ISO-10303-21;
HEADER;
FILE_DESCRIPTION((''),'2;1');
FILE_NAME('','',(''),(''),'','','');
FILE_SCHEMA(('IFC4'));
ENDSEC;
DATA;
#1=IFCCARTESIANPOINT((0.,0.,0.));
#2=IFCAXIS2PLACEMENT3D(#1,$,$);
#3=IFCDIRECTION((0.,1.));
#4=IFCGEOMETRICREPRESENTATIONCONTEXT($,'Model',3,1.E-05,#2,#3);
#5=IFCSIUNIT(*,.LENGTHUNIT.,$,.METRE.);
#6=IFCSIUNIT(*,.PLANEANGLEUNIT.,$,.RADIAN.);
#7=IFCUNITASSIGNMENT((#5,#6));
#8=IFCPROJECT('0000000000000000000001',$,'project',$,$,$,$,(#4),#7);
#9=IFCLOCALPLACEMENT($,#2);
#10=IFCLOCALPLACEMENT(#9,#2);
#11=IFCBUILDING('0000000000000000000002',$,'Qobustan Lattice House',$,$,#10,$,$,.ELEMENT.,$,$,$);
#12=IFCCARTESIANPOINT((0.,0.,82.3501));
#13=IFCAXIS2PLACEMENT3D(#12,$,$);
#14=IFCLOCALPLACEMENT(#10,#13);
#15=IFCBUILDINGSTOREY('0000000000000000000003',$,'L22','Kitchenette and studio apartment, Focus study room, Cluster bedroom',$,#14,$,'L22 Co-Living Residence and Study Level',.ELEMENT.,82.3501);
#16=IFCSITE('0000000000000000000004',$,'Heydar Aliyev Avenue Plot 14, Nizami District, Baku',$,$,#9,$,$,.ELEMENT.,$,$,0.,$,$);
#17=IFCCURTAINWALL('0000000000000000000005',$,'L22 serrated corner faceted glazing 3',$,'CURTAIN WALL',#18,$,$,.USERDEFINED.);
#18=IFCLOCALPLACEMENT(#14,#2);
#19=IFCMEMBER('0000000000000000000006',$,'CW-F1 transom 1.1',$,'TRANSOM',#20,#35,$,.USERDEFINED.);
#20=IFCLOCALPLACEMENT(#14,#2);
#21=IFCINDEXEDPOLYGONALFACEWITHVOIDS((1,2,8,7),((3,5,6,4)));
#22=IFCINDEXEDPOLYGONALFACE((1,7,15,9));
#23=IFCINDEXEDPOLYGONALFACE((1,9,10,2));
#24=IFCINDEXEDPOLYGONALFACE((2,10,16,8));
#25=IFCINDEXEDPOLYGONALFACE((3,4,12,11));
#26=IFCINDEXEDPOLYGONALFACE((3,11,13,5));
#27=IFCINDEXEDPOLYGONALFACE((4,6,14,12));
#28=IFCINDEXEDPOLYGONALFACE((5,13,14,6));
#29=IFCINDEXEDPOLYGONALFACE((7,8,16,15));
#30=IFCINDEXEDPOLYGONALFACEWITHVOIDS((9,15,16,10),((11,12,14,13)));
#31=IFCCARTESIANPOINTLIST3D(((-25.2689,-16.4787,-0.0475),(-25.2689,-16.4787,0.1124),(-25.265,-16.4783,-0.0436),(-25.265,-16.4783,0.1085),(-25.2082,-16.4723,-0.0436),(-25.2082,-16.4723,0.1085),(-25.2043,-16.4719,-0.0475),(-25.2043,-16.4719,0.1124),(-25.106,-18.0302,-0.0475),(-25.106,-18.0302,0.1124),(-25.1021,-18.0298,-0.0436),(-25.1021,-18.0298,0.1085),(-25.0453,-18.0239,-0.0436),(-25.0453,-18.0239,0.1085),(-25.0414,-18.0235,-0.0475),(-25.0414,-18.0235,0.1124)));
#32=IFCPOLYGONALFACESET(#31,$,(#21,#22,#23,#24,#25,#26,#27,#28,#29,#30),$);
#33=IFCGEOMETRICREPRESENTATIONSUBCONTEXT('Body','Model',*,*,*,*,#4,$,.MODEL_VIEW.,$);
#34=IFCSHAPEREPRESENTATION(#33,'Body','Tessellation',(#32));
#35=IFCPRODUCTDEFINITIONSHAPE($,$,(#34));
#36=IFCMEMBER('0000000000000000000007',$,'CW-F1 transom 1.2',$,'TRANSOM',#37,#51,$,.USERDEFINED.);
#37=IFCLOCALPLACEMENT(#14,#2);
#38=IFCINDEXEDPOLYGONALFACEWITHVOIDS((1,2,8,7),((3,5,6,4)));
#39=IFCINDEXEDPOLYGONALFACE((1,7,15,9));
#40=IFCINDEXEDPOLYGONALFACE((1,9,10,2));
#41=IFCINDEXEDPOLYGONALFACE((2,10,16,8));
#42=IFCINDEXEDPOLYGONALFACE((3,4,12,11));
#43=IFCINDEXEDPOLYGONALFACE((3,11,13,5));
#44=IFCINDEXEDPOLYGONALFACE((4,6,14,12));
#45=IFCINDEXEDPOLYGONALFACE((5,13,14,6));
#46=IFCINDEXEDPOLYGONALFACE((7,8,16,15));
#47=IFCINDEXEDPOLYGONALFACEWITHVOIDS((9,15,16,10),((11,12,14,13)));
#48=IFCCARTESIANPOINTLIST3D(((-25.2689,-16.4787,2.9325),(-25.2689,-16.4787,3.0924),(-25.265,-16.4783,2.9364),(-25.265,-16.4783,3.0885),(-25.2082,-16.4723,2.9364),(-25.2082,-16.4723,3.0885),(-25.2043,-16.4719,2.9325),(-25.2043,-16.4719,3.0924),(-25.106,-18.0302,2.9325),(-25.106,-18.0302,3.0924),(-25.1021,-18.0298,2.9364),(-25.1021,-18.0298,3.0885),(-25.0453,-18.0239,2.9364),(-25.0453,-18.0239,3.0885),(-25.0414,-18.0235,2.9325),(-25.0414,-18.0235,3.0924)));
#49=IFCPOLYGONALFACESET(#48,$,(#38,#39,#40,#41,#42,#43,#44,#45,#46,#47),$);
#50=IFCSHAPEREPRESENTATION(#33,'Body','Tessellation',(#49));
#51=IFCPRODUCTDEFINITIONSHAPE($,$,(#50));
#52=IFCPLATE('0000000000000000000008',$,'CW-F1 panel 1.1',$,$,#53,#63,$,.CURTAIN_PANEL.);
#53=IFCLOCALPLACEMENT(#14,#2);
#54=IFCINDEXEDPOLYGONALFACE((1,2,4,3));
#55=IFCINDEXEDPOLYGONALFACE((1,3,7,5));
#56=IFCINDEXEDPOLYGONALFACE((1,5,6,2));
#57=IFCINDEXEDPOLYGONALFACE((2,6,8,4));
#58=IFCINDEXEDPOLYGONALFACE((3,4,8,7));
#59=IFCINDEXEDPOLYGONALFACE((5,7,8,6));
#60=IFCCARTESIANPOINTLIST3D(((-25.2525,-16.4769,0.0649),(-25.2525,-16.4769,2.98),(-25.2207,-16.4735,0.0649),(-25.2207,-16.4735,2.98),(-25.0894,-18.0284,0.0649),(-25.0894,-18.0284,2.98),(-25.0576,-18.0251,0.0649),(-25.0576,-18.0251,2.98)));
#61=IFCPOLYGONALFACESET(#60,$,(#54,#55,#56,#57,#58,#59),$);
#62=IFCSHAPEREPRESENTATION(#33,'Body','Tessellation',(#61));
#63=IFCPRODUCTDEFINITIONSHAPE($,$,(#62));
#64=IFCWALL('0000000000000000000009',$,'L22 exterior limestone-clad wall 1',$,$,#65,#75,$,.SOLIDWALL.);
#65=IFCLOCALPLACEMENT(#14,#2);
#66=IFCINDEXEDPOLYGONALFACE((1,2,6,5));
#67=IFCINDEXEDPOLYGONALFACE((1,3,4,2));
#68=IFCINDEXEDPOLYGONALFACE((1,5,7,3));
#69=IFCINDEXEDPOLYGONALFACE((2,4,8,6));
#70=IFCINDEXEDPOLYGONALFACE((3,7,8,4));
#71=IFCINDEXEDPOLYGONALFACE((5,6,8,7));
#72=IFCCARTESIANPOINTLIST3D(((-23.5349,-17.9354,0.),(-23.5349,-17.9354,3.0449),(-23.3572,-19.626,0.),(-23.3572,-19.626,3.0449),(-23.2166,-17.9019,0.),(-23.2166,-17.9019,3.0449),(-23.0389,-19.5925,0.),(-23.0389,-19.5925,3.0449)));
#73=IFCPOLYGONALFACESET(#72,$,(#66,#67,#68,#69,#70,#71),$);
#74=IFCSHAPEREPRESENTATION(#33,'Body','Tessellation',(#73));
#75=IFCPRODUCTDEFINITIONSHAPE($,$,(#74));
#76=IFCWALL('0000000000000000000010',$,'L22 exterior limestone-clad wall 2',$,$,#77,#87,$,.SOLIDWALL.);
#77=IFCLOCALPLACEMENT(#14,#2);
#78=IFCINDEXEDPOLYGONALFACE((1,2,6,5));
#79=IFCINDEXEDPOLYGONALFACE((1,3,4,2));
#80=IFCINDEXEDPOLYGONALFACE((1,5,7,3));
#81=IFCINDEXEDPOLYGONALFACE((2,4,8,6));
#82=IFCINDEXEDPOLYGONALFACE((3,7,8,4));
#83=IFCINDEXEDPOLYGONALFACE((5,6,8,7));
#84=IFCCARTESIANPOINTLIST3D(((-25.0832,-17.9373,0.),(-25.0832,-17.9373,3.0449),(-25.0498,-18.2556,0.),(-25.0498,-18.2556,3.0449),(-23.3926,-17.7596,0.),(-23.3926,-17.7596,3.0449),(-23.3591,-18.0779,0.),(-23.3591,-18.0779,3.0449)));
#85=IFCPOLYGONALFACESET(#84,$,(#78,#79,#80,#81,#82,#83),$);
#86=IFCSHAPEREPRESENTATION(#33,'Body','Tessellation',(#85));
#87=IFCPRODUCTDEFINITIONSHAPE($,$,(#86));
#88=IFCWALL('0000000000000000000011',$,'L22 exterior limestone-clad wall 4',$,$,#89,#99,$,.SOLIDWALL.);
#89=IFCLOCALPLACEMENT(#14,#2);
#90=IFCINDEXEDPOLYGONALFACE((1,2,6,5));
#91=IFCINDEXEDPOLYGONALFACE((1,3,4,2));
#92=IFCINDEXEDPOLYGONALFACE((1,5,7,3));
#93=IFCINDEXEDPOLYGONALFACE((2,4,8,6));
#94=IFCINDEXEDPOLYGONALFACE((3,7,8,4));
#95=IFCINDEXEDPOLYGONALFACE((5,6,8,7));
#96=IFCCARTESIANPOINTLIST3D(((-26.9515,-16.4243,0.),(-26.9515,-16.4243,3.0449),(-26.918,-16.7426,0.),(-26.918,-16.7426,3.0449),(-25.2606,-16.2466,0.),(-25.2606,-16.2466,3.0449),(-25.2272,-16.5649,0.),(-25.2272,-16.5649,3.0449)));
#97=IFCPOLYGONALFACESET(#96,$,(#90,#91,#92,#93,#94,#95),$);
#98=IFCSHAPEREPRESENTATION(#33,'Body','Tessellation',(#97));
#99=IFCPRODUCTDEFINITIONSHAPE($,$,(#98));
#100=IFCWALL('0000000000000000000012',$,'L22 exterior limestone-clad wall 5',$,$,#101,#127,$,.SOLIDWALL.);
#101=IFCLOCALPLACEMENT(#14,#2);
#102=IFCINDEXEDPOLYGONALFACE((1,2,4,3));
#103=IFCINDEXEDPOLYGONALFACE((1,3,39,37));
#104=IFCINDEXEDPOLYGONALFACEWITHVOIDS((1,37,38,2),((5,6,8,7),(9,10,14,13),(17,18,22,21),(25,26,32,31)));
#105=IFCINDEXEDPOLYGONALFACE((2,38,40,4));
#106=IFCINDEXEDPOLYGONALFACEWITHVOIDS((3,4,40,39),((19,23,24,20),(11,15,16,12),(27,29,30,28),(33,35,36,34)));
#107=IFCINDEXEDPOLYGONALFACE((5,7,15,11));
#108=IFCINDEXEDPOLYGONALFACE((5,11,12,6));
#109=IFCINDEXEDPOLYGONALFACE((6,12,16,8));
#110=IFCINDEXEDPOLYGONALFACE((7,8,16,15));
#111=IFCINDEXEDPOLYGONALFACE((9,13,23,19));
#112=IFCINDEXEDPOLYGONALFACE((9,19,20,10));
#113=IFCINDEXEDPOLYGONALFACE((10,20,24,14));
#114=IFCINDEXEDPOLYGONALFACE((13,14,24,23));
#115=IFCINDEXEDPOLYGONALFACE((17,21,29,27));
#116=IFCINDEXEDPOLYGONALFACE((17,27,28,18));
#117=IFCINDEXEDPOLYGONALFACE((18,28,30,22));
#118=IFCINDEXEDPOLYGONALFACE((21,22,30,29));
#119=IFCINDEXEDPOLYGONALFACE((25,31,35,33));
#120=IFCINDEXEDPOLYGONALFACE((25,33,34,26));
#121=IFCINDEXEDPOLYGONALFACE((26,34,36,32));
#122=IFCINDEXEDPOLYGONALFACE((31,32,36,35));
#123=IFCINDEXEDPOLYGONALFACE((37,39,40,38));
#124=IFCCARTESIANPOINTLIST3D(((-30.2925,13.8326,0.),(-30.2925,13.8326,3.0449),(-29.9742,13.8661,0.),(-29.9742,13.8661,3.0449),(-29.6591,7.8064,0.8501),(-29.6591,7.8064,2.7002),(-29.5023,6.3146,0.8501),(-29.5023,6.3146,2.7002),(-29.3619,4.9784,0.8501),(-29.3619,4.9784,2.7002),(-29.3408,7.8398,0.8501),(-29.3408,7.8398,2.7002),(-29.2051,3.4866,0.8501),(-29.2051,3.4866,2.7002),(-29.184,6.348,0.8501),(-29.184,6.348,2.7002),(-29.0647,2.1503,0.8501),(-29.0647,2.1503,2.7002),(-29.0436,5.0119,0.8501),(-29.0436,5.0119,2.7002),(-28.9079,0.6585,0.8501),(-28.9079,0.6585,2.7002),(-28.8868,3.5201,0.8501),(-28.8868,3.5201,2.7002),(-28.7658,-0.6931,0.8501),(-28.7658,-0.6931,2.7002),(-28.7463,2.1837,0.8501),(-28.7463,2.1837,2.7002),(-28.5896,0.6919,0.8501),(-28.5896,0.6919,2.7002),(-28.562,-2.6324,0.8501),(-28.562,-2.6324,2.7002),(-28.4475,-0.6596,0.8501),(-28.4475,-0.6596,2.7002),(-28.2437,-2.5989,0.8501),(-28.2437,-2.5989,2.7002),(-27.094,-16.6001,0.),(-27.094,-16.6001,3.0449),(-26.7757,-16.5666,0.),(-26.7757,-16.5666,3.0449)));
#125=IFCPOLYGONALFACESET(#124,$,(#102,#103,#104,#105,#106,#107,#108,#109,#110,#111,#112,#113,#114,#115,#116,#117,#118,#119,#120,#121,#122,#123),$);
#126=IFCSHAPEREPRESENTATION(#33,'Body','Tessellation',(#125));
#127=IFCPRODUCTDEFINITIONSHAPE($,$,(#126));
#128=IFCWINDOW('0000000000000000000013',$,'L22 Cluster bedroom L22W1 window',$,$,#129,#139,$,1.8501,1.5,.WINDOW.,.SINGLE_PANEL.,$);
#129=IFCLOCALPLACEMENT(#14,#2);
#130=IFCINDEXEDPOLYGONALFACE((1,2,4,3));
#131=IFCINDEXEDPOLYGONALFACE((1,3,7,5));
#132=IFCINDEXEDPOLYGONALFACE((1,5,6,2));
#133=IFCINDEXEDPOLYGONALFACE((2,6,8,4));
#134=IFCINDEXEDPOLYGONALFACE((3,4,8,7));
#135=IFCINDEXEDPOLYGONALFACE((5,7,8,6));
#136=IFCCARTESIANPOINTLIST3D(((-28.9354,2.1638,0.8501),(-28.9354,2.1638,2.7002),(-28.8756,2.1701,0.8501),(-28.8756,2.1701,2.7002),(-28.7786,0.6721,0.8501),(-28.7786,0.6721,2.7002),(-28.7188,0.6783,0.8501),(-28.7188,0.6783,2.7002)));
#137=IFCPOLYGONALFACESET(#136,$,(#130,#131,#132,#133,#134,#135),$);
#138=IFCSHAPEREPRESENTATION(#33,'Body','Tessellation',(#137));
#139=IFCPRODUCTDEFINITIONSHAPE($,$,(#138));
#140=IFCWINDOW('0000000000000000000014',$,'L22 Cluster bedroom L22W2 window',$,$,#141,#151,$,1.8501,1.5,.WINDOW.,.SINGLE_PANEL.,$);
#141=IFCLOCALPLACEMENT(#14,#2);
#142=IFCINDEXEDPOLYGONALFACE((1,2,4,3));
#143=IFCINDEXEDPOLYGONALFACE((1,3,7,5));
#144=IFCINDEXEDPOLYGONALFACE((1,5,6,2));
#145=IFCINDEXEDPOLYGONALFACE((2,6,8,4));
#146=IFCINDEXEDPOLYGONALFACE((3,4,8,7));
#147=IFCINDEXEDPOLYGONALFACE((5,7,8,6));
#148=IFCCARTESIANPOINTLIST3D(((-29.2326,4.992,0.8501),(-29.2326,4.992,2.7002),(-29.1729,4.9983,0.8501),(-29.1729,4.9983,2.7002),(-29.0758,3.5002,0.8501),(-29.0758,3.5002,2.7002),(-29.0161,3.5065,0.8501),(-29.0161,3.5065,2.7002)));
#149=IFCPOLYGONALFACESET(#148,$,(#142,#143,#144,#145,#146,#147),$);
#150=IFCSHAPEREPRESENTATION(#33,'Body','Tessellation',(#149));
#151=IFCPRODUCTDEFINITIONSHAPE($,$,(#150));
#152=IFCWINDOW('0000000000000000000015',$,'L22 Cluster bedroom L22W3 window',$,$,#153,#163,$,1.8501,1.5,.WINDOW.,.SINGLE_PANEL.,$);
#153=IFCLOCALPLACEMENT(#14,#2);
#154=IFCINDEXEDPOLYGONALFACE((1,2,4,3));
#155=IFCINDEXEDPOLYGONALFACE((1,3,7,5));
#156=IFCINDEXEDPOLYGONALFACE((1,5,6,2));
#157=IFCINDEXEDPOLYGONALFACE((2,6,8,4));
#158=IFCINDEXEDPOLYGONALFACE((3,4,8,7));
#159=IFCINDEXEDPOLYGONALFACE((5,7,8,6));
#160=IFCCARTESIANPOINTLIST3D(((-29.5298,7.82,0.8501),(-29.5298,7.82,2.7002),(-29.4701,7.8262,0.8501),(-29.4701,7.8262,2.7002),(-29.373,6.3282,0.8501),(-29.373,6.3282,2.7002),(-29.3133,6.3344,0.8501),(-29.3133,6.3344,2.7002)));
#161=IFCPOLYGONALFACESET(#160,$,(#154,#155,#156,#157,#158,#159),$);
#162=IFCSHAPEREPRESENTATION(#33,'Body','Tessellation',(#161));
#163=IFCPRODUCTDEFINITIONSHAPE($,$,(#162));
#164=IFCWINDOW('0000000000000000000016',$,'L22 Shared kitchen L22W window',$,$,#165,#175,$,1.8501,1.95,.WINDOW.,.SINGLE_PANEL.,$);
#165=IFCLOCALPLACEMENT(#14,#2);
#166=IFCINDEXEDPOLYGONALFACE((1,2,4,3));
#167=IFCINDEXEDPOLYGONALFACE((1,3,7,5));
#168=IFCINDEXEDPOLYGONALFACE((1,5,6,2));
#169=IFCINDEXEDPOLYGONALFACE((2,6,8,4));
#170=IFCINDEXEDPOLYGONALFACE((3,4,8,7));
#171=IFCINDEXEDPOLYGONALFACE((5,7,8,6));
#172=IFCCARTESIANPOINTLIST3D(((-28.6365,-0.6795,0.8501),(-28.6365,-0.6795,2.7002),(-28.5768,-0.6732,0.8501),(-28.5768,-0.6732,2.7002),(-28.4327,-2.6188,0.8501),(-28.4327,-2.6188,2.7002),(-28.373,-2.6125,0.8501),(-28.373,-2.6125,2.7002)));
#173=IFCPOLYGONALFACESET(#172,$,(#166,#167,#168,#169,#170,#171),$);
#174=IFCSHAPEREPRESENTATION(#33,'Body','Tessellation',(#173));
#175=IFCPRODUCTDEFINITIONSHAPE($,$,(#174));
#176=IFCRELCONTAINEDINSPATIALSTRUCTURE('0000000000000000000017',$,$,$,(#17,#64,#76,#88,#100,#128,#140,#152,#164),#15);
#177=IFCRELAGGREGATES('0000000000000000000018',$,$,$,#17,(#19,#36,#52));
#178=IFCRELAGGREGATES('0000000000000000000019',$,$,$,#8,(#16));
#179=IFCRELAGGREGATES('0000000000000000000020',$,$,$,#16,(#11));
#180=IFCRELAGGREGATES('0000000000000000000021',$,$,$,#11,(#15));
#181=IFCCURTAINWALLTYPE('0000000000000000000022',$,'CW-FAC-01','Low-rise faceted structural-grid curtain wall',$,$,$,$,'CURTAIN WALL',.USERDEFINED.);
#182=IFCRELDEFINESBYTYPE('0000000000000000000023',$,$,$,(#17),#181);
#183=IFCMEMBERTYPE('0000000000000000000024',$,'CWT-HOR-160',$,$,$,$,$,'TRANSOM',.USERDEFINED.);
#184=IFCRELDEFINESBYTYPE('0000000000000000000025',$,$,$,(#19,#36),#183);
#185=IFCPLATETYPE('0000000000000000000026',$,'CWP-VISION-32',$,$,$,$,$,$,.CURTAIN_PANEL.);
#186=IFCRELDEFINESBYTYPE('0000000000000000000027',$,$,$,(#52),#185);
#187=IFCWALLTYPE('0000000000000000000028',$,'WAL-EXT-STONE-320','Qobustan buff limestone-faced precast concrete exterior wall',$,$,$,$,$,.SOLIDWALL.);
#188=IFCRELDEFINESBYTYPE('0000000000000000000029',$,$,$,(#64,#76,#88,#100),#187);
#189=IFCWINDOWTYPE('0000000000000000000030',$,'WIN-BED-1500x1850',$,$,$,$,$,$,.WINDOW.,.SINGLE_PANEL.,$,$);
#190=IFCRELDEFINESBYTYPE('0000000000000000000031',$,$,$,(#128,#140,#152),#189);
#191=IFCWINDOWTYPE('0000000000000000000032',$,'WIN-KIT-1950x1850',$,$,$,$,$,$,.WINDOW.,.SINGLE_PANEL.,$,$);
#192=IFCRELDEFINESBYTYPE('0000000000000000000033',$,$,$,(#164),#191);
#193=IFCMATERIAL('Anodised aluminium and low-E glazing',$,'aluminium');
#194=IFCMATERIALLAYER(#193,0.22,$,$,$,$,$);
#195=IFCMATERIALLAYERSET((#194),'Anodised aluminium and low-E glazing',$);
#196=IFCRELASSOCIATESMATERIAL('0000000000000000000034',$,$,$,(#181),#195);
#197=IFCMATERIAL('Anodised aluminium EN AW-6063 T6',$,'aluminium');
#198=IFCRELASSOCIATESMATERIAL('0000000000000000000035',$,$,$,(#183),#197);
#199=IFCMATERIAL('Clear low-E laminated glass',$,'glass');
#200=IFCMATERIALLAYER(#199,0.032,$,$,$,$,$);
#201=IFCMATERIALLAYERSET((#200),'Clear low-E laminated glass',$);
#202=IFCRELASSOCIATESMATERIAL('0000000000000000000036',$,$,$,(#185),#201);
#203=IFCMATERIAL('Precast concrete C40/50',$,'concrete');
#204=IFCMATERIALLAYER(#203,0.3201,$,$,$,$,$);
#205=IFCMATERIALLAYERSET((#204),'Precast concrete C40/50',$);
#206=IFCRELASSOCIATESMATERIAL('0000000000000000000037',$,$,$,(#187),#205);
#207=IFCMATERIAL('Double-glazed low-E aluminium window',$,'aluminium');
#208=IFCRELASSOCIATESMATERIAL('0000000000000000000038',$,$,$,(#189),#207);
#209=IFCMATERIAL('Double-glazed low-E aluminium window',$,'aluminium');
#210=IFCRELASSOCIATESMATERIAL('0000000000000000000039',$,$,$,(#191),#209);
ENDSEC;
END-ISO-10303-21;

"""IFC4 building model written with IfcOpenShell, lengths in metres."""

from ifc_helpers import new_model, si_unit, direction, frame, frame_2d, origin, origin_2d, place, context, subcontext, project, spatial, rectangle, hollow_rectangle, extrude, material, layer, layer_set, material_profile, profile_set, type_object, element, fill, aggregate, save


model = new_model("IFC4")

# Units and contexts
model_context = context("Model", 3, precision=1e-05, world=origin(), true_north=direction((0.0, 1.0)))
body_context = subcontext(model_context, "Body", "Model", "MODEL_VIEW")
ifc_project = project(units=[si_unit("LENGTHUNIT", "METRE"), si_unit("PLANEANGLEUNIT", "RADIAN")], contexts=[model_context])

# Site, building, storey
site_placement = place(None, origin())
site = spatial("IfcSite", under=ifc_project, at=site_placement, Name="Heydar Aliyev Avenue Plot 14, Nizami District, Baku", CompositionType="ELEMENT", RefElevation=0.0)
building_placement = place(site_placement, origin())
building = spatial("IfcBuilding", under=site, at=building_placement, Name="Qobustan Lattice House", CompositionType="ELEMENT")
storey_placement = place(building_placement, frame((0.0, 0.0, 82.3501)))
storey = spatial("IfcBuildingStorey", under=building, at=storey_placement, Name="L22", Description="Kitchenette and studio apartment, Focus study room, Cluster bedroom", LongName="L22 Co-Living Residence and Study Level", CompositionType="ELEMENT", Elevation=82.3501)

# Curtain wall, members, plate
ifc_material_1 = material(Name="Anodised aluminium and low-E glazing", Category="aluminium")
ifc_layer_1 = layer(ifc_material_1, 0.22)
ifc_layer_set_1 = layer_set([ifc_layer_1], Name="Anodised aluminium and low-E glazing")
curtain_wall_type = type_object("IfcCurtainWallType", Name="CW-FAC-01", Description="Low-rise faceted structural-grid curtain wall", ElementType="CURTAIN WALL", PredefinedType="USERDEFINED", material=ifc_layer_set_1)
curtain_wall_placement = place(storey_placement, origin())
curtain_wall = element("IfcCurtainWall", 1, at=curtain_wall_placement, inside=storey, type_object=curtain_wall_type, Name="L22 serrated corner faceted glazing 3", ObjectType="CURTAIN WALL", PredefinedType="USERDEFINED")
ifc_material_2 = material(Name="Anodised aluminium EN AW-6063 T6", Category="aluminium")
ifc_material_profile_1 = material_profile(ifc_material_2, hollow_rectangle(XDim=0.0649, YDim=0.1599, WallThickness=0.0039, at=origin_2d()), Name="CWT-160x65")
ifc_profile_set_1 = profile_set([ifc_material_profile_1], Name="Anodised aluminium EN AW-6063 T6")
member_type_1 = type_object("IfcMemberType", Name="CWT-HOR-160", ElementType="TRANSOM", PredefinedType="USERDEFINED", material=ifc_profile_set_1)
member_1_placement = place(storey_placement, frame((-25.0737, -18.0269, 0.0325), z_axis=(-0.104383, 0.994537, 0.0), x_axis=(-0.994537, -0.104383, 0.0)))
member_1 = element("IfcMember", 2, at=member_1_placement, type_object=member_type_1, Name="CW-F1 transom 1.1", ObjectType="TRANSOM", PredefinedType="USERDEFINED", context=body_context, shape_type="SweptSolid", body=[
    extrude(hollow_rectangle(XDim=0.0649, YDim=0.1599, WallThickness=0.0039, at=origin_2d()), origin(), (0.0, 0.0, 1.0), 1.5601),
])
member_2_placement = place(storey_placement, frame((-25.0737, -18.0269, 3.0125), z_axis=(-0.104383, 0.994537, 0.0), x_axis=(-0.994537, -0.104383, 0.0)))
member_2 = element("IfcMember", 3, at=member_2_placement, type_object=member_type_1, Name="CW-F1 transom 1.2", ObjectType="TRANSOM", PredefinedType="USERDEFINED", context=body_context, shape_type="SweptSolid", body=[
    extrude(hollow_rectangle(XDim=0.0649, YDim=0.1599, WallThickness=0.0039, at=origin_2d()), origin(), (0.0, 0.0, 1.0), 1.5601),
])
ifc_material_3 = material(Name="Clear low-E laminated glass", Category="glass")
ifc_layer_2 = layer(ifc_material_3, 0.032)
ifc_layer_set_2 = layer_set([ifc_layer_2], Name="Clear low-E laminated glass")
plate_type = type_object("IfcPlateType", Name="CWP-VISION-32", PredefinedType="CURTAIN_PANEL", material=ifc_layer_set_2)
plate_placement = place(storey_placement, frame((-25.155, -17.251, 0.0649), z_axis=(0.0, 0.0, 1.0), x_axis=(-0.104529, 0.994522, 0.0)))
plate = element("IfcPlate", 4, at=plate_placement, type_object=plate_type, Name="CW-F1 panel 1.1", PredefinedType="CURTAIN_PANEL", context=body_context, shape_type="SweptSolid", body=[
    extrude(rectangle(XDim=1.5601, YDim=0.032, at=origin_2d()), origin(), (0.0, 0.0, 1.0), 2.915),
])
aggregate(curtain_wall, [member_1, member_2, plate])

# Walls
ifc_material_4 = material(Name="Precast concrete C40/50", Category="concrete")
ifc_layer_3 = layer(ifc_material_4, 0.3201)
ifc_layer_set_3 = layer_set([ifc_layer_3], Name="Precast concrete C40/50")
wall_type_1 = type_object("IfcWallType", Name="WAL-EXT-STONE-320", Description="Qobustan buff limestone-faced precast concrete exterior wall", PredefinedType="SOLIDWALL", material=ifc_layer_set_3)
for number, where, z_axis, x_axis, name in (
    (5, (-23.198, -19.6094, 0.0), (0.0, 0.0, 1.0), (-0.10455, 0.99452, 0.0), "L22 exterior limestone-clad wall 1"),
    (6, (-23.3757, -17.9187, 0.0), (0.0, 0.0, 1.0), (-0.99452, -0.10455, 0.0), "L22 exterior limestone-clad wall 2"),
):
    element("IfcWall", number, at=place(storey_placement, frame(where, z_axis=z_axis, x_axis=x_axis)), inside=storey, type_object=wall_type_1, Name=name, PredefinedType="SOLIDWALL", context=body_context, shape_type="SweptSolid", body=[
        extrude(rectangle(XDim=1.7, YDim=0.3201, at=frame_2d((0.8501, 0.0))), origin(), (0.0, 0.0, 1.0), 3.0449),
    ])
wall_1_placement = place(storey_placement, frame((-25.2439, -16.4058, 0.0), z_axis=(0.0, 0.0, 1.0), x_axis=(-0.994521, -0.104535, 0.0)))
element("IfcWall", 7, at=wall_1_placement, inside=storey, type_object=wall_type_1, Name="L22 exterior limestone-clad wall 4", PredefinedType="SOLIDWALL", context=body_context, shape_type="SweptSolid", body=[
    extrude(rectangle(XDim=1.7002, YDim=0.3201, at=frame_2d((0.8501, 0.0))), origin(), (0.0, 0.0, 1.0), 3.0449),
])

# Wall, openings, windows
wall_2_placement = place(storey_placement, frame((-26.9348, -16.5835, 0.0), z_axis=(0.0, 0.0, 1.0), x_axis=(-0.104525, 0.994522, 0.0)))
wall_2 = element("IfcWall", 8, at=wall_2_placement, inside=storey, type_object=wall_type_1, Name="L22 exterior limestone-clad wall 5", PredefinedType="SOLIDWALL", context=body_context, shape_type="SweptSolid", body=[
    extrude(rectangle(XDim=30.6003, YDim=0.3201, at=frame_2d((15.3003, 0.0))), origin(), (0.0, 0.0, 1.0), 3.0449),
])
opening_1_placement = place(wall_2_placement, frame((14.0447, 0.0, 0.8501)))
opening_1 = element("IfcOpeningElement", 9, at=opening_1_placement, cuts=wall_2, PredefinedType="OPENING", context=body_context, shape_type="SweptSolid", body=[
    extrude(rectangle(XDim=1.95, YDim=1.8501, at=frame_2d((0.9751, 0.925))), frame((0.0, 0.1699, 0.0), z_axis=(0.0, -1.0, 0.0), x_axis=(1.0, 0.0, 0.0)), (0.0, 0.0, 1.0), 0.3401),
])
opening_2_placement = place(wall_2_placement, frame((17.3538, 0.0, 0.8501)))
opening_2 = element("IfcOpeningElement", 10, at=opening_2_placement, cuts=wall_2, PredefinedType="OPENING", context=body_context, shape_type="SweptSolid", body=[
    extrude(rectangle(XDim=1.5, YDim=1.8501, at=frame_2d((0.75, 0.925))), frame((0.0, 0.1699, 0.0), z_axis=(0.0, -1.0, 0.0), x_axis=(1.0, 0.0, 0.0)), (0.0, 0.0, 1.0), 0.3401),
])
opening_3_placement = place(wall_2_placement, frame((20.1975, 0.0, 0.8501)))
opening_3 = element("IfcOpeningElement", 11, at=opening_3_placement, cuts=wall_2, PredefinedType="OPENING", context=body_context, shape_type="SweptSolid", body=[
    extrude(rectangle(XDim=1.5, YDim=1.8501, at=frame_2d((0.75, 0.925))), frame((0.0, 0.1699, 0.0), z_axis=(0.0, -1.0, 0.0), x_axis=(1.0, 0.0, 0.0)), (0.0, 0.0, 1.0), 0.3401),
])
opening_4_placement = place(wall_2_placement, frame((23.041, 0.0, 0.8501)))
opening_4 = element("IfcOpeningElement", 12, at=opening_4_placement, cuts=wall_2, PredefinedType="OPENING", context=body_context, shape_type="SweptSolid", body=[
    extrude(rectangle(XDim=1.5, YDim=1.8501, at=frame_2d((0.75, 0.925))), frame((0.0, 0.1699, 0.0), z_axis=(0.0, -1.0, 0.0), x_axis=(1.0, 0.0, 0.0)), (0.0, 0.0, 1.0), 0.3401),
])
ifc_material_5 = material(Name="Double-glazed low-E aluminium window", Category="aluminium")
window_type_1 = type_object("IfcWindowType", Name="WIN-BED-1500x1850", PartitioningType="SINGLE_PANEL", PredefinedType="WINDOW", material=ifc_material_5)
window_1_placement = place(opening_2_placement, origin())
window_1 = element("IfcWindow", 13, at=window_1_placement, inside=storey, type_object=window_type_1, Name="L22 Cluster bedroom L22W1 window", OverallHeight=1.8501, OverallWidth=1.5, PartitioningType="SINGLE_PANEL", PredefinedType="WINDOW", context=body_context, shape_type="SweptSolid", body=[
    extrude(rectangle(XDim=1.5, YDim=1.8501, at=frame_2d((0.75, 0.925))), frame((0.0, 0.03, 0.0), z_axis=(0.0, -1.0, 0.0), x_axis=(1.0, 0.0, 0.0)), (0.0, 0.0, 1.0), 0.0601),
])
fill(opening_2, window_1)
window_2_placement = place(opening_3_placement, origin())
window_2 = element("IfcWindow", 14, at=window_2_placement, inside=storey, type_object=window_type_1, Name="L22 Cluster bedroom L22W2 window", OverallHeight=1.8501, OverallWidth=1.5, PartitioningType="SINGLE_PANEL", PredefinedType="WINDOW", context=body_context, shape_type="SweptSolid", body=[
    extrude(rectangle(XDim=1.5, YDim=1.8501, at=frame_2d((0.75, 0.925))), frame((0.0, 0.03, 0.0), z_axis=(0.0, -1.0, 0.0), x_axis=(1.0, 0.0, 0.0)), (0.0, 0.0, 1.0), 0.0601),
])
fill(opening_3, window_2)
window_3_placement = place(opening_4_placement, origin())
window_3 = element("IfcWindow", 15, at=window_3_placement, inside=storey, type_object=window_type_1, Name="L22 Cluster bedroom L22W3 window", OverallHeight=1.8501, OverallWidth=1.5, PartitioningType="SINGLE_PANEL", PredefinedType="WINDOW", context=body_context, shape_type="SweptSolid", body=[
    extrude(rectangle(XDim=1.5, YDim=1.8501, at=frame_2d((0.75, 0.925))), frame((0.0, 0.03, 0.0), z_axis=(0.0, -1.0, 0.0), x_axis=(1.0, 0.0, 0.0)), (0.0, 0.0, 1.0), 0.0601),
])
fill(opening_4, window_3)
ifc_material_6 = material(Name="Double-glazed low-E aluminium window", Category="aluminium")
window_type_2 = type_object("IfcWindowType", Name="WIN-KIT-1950x1850", PartitioningType="SINGLE_PANEL", PredefinedType="WINDOW", material=ifc_material_6)
window_4_placement = place(opening_1_placement, origin())
window_4 = element("IfcWindow", 16, at=window_4_placement, inside=storey, type_object=window_type_2, Name="L22 Shared kitchen L22W window", OverallHeight=1.8501, OverallWidth=1.95, PartitioningType="SINGLE_PANEL", PredefinedType="WINDOW", context=body_context, shape_type="SweptSolid", body=[
    extrude(rectangle(XDim=1.95, YDim=1.8501, at=frame_2d((0.9751, 0.925))), frame((0.0, 0.03, 0.0), z_axis=(0.0, -1.0, 0.0), x_axis=(1.0, 0.0, 0.0)), (0.0, 0.0, 1.0), 0.0601),
])
fill(opening_1, window_4)

save(model, "model.ifc")
